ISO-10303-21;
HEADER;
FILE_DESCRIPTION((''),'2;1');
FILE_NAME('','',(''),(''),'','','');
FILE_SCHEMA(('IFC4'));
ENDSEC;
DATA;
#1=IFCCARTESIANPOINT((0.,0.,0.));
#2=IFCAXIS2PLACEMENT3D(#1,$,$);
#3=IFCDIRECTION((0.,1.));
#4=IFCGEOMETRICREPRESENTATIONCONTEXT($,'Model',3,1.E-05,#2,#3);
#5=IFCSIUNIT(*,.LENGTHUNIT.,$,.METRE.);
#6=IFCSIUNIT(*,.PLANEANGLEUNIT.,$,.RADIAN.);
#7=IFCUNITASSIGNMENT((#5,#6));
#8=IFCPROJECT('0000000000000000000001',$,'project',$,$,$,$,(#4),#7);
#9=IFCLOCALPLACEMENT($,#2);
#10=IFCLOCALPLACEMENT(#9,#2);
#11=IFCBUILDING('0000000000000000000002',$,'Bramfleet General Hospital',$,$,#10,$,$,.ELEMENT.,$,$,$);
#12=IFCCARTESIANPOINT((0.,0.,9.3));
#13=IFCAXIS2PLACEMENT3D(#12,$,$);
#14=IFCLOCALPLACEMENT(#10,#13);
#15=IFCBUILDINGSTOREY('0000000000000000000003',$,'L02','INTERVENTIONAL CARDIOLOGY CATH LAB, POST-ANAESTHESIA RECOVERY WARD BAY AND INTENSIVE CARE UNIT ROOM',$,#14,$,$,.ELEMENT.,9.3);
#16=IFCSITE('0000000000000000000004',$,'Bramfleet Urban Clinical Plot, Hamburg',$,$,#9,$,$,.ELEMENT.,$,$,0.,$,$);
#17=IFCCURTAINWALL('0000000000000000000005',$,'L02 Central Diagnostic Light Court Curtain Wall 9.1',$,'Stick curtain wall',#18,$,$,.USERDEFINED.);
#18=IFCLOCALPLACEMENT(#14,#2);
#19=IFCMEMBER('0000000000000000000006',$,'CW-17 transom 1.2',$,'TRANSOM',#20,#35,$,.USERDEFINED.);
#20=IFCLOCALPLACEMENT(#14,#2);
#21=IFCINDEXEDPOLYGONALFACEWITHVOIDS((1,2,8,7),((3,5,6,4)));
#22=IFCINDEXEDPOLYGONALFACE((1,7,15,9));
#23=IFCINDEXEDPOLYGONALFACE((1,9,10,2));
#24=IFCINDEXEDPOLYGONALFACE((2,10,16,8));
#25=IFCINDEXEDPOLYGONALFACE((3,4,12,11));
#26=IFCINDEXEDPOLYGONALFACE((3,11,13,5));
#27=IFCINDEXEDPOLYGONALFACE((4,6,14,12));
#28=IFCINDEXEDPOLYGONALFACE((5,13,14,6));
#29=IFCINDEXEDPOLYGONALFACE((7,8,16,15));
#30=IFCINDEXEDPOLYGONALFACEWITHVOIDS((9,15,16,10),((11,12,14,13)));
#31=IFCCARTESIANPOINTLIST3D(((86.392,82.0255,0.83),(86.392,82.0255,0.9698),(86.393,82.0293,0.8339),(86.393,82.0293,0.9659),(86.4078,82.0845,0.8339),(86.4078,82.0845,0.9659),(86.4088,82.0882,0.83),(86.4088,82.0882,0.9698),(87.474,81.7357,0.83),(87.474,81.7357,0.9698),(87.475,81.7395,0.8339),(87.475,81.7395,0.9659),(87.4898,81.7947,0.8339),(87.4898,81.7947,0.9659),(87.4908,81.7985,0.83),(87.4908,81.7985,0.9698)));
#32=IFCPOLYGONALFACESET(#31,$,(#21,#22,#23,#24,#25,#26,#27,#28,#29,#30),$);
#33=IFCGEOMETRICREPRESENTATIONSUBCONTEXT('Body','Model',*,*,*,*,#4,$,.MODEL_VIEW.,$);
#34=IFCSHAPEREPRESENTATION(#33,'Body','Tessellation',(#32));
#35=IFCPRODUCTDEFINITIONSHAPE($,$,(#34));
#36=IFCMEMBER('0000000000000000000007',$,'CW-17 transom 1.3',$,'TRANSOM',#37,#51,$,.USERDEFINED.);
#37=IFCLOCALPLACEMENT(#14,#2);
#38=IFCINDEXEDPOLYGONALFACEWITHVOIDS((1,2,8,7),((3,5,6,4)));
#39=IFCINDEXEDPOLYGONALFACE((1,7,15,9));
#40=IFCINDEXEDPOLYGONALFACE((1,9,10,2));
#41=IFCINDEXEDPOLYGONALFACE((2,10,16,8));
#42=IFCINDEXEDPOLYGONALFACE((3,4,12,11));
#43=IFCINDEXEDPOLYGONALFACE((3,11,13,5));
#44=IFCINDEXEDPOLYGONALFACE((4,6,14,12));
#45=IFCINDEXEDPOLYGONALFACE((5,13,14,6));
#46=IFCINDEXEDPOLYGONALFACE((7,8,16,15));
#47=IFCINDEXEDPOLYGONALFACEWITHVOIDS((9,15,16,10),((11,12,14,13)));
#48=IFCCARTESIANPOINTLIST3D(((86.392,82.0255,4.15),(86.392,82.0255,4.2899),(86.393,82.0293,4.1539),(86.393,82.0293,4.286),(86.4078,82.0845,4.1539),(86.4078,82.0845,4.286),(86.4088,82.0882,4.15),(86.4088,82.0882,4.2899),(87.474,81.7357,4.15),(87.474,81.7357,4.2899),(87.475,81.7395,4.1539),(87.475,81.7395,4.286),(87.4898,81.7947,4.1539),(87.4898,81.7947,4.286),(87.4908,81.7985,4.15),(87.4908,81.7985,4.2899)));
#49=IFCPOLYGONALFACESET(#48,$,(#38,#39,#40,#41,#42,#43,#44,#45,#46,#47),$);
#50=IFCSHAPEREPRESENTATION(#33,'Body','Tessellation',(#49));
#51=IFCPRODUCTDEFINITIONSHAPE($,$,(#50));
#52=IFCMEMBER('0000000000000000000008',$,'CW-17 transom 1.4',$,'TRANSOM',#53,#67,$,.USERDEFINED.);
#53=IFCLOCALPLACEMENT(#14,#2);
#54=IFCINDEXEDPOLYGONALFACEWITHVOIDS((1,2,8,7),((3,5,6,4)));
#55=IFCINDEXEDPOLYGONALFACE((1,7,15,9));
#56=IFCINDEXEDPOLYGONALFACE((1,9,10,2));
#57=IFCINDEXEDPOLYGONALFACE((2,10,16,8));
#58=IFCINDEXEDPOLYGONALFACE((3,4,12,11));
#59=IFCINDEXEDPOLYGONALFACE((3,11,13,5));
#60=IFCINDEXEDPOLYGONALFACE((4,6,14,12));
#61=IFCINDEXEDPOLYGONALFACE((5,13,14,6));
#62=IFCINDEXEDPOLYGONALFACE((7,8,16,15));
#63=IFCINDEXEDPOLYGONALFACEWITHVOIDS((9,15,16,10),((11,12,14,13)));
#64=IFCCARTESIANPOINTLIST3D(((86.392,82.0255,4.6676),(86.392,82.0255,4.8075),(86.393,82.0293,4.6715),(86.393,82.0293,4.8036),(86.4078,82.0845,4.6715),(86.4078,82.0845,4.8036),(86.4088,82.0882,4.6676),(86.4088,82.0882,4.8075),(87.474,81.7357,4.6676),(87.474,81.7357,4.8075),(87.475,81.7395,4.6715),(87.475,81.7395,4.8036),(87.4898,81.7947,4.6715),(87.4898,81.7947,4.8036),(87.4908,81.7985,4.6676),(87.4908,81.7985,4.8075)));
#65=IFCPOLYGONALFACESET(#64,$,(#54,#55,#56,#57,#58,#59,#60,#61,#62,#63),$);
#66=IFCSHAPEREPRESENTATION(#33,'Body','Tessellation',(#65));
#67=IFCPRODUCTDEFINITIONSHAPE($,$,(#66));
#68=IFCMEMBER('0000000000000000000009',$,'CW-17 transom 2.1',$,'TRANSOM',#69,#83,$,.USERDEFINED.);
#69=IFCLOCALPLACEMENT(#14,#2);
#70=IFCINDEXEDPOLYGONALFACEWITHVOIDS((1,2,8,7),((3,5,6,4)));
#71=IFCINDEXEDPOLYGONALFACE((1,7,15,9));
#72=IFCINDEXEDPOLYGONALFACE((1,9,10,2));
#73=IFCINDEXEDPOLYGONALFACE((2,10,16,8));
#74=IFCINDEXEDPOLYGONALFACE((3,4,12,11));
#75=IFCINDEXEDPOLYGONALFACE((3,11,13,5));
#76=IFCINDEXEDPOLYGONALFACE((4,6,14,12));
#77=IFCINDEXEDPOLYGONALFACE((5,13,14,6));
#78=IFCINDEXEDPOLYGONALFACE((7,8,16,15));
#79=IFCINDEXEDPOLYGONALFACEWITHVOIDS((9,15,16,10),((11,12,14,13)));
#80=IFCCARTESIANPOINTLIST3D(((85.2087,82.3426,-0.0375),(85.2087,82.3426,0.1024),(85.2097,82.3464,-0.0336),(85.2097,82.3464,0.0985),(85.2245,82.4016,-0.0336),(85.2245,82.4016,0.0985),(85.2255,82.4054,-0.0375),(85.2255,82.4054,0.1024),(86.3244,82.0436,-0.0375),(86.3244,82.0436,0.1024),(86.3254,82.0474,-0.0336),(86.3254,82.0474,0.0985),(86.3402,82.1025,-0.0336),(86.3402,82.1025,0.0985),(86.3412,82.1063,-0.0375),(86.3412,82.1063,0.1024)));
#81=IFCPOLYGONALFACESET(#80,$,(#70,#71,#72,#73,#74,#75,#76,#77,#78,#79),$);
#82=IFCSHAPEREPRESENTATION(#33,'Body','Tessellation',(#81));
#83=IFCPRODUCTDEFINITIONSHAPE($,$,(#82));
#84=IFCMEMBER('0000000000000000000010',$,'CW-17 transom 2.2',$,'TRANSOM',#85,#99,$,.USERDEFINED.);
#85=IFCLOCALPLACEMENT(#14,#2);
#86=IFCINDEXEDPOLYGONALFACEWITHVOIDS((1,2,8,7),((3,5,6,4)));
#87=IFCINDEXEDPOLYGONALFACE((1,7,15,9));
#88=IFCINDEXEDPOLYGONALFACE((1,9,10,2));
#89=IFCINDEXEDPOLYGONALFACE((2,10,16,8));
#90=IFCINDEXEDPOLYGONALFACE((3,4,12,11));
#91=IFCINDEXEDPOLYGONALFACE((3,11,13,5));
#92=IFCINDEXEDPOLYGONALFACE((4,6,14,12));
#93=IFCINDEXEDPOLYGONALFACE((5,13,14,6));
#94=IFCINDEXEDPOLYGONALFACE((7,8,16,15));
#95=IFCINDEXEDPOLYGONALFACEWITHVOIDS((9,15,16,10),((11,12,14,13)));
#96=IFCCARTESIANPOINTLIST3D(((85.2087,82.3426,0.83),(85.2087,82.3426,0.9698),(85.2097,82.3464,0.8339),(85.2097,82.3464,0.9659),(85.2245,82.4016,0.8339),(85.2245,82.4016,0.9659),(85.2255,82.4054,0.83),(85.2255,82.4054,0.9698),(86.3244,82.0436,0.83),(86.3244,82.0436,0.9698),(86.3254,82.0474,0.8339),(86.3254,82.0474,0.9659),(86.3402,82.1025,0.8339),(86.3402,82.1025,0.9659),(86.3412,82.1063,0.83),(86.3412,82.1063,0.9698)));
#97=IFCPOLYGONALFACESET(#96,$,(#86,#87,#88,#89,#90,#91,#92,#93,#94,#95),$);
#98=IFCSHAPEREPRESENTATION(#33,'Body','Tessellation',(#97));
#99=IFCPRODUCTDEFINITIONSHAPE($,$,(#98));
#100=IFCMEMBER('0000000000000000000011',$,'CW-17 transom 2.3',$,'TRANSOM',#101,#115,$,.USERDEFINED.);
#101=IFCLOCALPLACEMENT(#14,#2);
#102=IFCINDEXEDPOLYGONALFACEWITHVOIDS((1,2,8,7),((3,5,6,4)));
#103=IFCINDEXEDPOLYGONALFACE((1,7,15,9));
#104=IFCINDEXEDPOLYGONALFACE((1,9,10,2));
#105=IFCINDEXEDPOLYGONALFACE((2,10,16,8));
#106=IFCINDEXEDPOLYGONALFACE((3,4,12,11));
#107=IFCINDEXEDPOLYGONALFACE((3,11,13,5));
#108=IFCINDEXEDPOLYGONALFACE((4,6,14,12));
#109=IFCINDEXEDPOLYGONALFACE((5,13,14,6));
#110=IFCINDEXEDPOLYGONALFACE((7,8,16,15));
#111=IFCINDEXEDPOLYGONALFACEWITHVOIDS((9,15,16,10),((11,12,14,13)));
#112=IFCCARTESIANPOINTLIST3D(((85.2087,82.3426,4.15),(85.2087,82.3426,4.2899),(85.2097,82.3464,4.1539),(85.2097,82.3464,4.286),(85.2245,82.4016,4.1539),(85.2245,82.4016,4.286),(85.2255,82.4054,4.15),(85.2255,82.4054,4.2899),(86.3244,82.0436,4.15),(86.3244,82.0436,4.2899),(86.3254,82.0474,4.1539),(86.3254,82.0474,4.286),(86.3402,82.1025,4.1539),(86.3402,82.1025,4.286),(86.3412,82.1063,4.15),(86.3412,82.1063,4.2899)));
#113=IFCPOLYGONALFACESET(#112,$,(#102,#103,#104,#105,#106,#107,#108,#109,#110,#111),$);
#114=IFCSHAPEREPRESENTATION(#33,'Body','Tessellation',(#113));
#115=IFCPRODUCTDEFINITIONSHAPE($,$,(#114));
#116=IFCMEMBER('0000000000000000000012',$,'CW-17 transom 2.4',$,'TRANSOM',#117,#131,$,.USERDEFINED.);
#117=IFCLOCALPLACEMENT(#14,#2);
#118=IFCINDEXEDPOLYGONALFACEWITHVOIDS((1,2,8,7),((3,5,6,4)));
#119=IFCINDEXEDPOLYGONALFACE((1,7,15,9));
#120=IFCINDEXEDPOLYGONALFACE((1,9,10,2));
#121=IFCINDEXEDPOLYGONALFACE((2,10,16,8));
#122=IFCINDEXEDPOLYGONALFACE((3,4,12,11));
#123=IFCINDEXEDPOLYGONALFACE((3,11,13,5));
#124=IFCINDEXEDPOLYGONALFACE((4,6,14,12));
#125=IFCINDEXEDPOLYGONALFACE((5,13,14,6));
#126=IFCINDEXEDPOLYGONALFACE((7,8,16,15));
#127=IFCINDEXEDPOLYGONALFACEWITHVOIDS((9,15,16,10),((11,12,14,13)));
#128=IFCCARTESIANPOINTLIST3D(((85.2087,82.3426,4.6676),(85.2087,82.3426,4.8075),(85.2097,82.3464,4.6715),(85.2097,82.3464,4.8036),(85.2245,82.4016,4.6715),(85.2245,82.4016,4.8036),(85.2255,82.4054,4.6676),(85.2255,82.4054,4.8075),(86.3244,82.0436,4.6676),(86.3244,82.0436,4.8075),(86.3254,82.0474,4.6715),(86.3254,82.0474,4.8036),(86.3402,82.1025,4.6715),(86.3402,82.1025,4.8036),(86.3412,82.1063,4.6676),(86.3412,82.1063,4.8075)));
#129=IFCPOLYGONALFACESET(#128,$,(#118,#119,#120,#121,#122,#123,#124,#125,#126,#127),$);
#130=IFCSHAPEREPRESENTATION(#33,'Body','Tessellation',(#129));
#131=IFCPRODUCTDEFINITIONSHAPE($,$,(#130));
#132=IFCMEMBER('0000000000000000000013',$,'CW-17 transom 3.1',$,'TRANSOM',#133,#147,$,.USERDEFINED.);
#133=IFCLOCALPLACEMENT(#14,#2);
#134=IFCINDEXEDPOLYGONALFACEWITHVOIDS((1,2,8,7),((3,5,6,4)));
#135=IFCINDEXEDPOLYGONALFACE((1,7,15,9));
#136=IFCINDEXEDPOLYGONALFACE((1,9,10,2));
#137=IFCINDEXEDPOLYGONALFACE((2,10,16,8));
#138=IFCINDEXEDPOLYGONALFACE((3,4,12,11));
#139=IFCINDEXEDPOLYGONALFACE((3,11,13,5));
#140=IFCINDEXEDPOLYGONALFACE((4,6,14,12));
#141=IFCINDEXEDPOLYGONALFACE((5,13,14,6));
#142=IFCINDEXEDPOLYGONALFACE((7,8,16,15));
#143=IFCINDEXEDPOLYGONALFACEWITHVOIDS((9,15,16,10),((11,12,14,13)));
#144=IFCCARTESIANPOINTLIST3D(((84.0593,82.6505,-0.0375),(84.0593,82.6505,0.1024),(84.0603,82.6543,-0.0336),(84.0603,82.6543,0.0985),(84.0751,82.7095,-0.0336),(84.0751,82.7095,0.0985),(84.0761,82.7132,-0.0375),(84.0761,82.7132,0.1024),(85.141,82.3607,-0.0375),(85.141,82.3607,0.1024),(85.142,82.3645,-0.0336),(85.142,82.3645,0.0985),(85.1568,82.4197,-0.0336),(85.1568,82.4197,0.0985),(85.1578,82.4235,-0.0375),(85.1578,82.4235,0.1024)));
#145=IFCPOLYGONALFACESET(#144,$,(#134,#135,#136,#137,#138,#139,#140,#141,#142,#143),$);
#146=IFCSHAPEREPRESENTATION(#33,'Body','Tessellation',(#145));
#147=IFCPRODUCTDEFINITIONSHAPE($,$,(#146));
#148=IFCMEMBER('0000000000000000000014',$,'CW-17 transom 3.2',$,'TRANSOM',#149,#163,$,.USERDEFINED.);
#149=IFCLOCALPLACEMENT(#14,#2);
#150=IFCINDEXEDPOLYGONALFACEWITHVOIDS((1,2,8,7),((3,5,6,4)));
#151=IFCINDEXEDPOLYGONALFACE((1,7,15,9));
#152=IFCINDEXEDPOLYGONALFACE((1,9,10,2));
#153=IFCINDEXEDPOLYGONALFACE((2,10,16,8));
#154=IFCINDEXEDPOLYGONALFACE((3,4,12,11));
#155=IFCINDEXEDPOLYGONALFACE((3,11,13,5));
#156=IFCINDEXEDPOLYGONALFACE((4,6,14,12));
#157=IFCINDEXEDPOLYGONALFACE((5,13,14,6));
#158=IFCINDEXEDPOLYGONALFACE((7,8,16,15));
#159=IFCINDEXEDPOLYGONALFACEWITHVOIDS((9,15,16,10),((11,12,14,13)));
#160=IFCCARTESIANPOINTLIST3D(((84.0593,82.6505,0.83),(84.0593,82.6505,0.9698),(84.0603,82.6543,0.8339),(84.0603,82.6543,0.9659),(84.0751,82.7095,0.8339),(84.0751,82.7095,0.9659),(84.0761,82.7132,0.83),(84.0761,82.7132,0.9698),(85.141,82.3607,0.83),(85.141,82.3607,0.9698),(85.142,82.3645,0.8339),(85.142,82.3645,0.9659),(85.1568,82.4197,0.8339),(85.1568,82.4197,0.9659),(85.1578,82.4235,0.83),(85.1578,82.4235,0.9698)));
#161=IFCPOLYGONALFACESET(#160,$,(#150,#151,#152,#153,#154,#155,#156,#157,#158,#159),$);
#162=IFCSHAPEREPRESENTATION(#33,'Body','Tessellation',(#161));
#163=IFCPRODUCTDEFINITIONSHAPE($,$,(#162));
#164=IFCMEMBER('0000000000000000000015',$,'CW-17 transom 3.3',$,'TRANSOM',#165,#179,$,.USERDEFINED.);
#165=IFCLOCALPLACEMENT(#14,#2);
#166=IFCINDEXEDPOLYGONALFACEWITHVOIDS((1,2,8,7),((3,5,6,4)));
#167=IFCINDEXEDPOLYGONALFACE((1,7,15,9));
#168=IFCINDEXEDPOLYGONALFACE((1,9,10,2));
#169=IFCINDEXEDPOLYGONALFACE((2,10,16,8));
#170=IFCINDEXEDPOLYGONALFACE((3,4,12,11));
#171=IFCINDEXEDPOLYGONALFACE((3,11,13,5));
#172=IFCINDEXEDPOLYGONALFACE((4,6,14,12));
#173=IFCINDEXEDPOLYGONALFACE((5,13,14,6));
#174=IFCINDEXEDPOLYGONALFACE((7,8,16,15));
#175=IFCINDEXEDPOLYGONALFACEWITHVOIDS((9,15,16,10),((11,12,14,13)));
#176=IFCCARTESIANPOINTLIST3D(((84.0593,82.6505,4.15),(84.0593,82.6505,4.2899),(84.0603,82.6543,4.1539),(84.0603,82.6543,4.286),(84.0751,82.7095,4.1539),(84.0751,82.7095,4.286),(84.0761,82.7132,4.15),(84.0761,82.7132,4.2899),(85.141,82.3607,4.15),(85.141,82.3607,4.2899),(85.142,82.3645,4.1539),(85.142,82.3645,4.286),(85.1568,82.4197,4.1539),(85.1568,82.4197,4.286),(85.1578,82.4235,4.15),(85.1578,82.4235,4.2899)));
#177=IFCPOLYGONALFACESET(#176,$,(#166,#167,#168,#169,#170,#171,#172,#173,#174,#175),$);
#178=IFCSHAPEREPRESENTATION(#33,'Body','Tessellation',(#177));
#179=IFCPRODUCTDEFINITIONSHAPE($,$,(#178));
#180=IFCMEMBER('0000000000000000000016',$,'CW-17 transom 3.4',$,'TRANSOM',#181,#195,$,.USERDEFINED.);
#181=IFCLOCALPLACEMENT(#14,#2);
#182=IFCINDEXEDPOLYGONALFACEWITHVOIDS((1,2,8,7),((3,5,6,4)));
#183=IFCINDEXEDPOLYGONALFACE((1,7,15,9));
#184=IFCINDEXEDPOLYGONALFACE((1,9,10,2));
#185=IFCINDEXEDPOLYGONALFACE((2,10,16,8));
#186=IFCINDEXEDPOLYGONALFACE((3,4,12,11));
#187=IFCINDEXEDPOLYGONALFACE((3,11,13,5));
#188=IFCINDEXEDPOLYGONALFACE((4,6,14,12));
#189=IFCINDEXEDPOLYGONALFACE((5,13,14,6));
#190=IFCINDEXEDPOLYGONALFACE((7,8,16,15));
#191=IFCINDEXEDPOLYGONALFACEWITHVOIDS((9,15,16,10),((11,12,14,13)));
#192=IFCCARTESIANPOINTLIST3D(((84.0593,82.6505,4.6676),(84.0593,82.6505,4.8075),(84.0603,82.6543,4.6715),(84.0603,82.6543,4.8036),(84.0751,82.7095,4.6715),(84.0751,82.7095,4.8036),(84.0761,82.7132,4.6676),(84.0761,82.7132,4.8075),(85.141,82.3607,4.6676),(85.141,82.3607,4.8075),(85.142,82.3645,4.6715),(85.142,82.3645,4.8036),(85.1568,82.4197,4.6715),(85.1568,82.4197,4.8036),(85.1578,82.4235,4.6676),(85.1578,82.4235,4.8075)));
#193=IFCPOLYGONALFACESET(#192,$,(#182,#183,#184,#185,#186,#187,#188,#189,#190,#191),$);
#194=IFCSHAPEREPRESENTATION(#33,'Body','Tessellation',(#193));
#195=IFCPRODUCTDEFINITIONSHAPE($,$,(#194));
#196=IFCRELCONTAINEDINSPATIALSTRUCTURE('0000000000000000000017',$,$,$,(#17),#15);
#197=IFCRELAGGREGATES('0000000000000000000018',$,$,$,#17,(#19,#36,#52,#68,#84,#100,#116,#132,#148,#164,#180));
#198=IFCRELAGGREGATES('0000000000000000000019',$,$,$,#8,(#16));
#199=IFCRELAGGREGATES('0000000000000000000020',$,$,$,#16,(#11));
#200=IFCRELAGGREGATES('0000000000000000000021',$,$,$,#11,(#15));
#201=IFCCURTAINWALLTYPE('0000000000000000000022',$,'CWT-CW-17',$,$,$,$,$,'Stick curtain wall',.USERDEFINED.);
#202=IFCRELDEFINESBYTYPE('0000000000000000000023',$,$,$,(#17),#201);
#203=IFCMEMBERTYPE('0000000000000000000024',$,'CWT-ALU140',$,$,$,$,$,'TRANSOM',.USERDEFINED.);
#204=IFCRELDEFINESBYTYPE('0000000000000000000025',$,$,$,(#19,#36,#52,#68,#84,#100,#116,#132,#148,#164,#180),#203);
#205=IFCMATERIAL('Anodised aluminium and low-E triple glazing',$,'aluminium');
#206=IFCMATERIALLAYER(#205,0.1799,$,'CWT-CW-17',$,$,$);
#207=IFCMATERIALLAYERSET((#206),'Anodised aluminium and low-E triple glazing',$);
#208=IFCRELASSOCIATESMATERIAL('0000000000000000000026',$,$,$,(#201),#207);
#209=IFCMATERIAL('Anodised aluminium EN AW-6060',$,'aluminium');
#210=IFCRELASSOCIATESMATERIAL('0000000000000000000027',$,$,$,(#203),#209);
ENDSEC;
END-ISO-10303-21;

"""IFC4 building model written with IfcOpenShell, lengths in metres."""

from ifc_helpers import new_model, si_unit, direction, frame, origin, origin_2d, place, context, subcontext, project, spatial, hollow_rectangle, extrude, material, layer, layer_set, material_profile, profile_set, type_object, element, aggregate, save


model = new_model("IFC4")

# Units and contexts
model_context = context("Model", 3, precision=1e-05, world=origin(), true_north=direction((0.0, 1.0)))
body_context = subcontext(model_context, "Body", "Model", "MODEL_VIEW")
ifc_project = project(units=[si_unit("LENGTHUNIT", "METRE"), si_unit("PLANEANGLEUNIT", "RADIAN")], contexts=[model_context])

# Site, building, storey
site_placement = place(None, origin())
site = spatial("IfcSite", under=ifc_project, at=site_placement, Name="Bramfleet Urban Clinical Plot, Hamburg", CompositionType="ELEMENT", RefElevation=0.0)
building_placement = place(site_placement, origin())
building = spatial("IfcBuilding", under=site, at=building_placement, Name="Bramfleet General Hospital", CompositionType="ELEMENT")
storey_placement = place(building_placement, frame((0.0, 0.0, 9.3)))
storey = spatial("IfcBuildingStorey", under=building, at=storey_placement, Name="L02", Description="INTERVENTIONAL CARDIOLOGY CATH LAB, POST-ANAESTHESIA RECOVERY WARD BAY AND INTENSIVE CARE UNIT ROOM", CompositionType="ELEMENT", Elevation=9.3)

# Shared definitions
ifc_material_1 = material(Name="Anodised aluminium and low-E triple glazing", Category="aluminium")
ifc_material_2 = material(Name="Anodised aluminium EN AW-6060", Category="aluminium")

# Curtain wall
ifc_layer_1 = layer(ifc_material_1, 0.1799, Name="CWT-CW-17")
ifc_layer_set_1 = layer_set([ifc_layer_1], Name="Anodised aluminium and low-E triple glazing")
curtain_wall_type_1 = type_object("IfcCurtainWallType", Name="CWT-CW-17", ElementType="Stick curtain wall", PredefinedType="USERDEFINED", material=ifc_layer_set_1)
curtain_wall_1_placement = place(storey_placement, origin())
curtain_wall_1 = element("IfcCurtainWall", 1, at=curtain_wall_1_placement, inside=storey, type_object=curtain_wall_type_1, Name="L02 Central Diagnostic Light Court Curtain Wall 9.1", ObjectType="Stick curtain wall", PredefinedType="USERDEFINED")

# Members
ifc_material_profile_1 = material_profile(ifc_material_2, hollow_rectangle(XDim=0.0649, YDim=0.1399, WallThickness=0.0039, at=origin_2d()), Name="ALU 140x65x4.0")
ifc_profile_set_1 = profile_set([ifc_material_profile_1], Name="Anodised aluminium EN AW-6060")
member_type_1 = type_object("IfcMemberType", Name="CWT-ALU140", ElementType="TRANSOM", PredefinedType="USERDEFINED", material=ifc_profile_set_1)
member_1_placement = place(storey_placement, frame((87.4824, 81.7671, 0.8999), z_axis=(-0.965956, 0.258707, 0.0), x_axis=(-0.258707, -0.965956, 0.0)))
member_1 = element("IfcMember", 2, at=member_1_placement, type_object=member_type_1, Name="CW-17 transom 1.2", ObjectType="TRANSOM", PredefinedType="USERDEFINED", context=body_context, shape_type="SweptSolid", body=[
    extrude(hollow_rectangle(XDim=0.0649, YDim=0.1399, WallThickness=0.0039, at=origin_2d()), origin(), (0.0, 0.0, 1.0), 1.1201),
])
member_2_placement = place(storey_placement, frame((87.4824, 81.7671, 4.22), z_axis=(-0.965956, 0.258707, 0.0), x_axis=(-0.258707, -0.965956, 0.0)))
member_2 = element("IfcMember", 3, at=member_2_placement, type_object=member_type_1, Name="CW-17 transom 1.3", ObjectType="TRANSOM", PredefinedType="USERDEFINED", context=body_context, shape_type="SweptSolid", body=[
    extrude(hollow_rectangle(XDim=0.0649, YDim=0.1399, WallThickness=0.0039, at=origin_2d()), origin(), (0.0, 0.0, 1.0), 1.1201),
])
member_3_placement = place(storey_placement, frame((87.4824, 81.7671, 4.7375), z_axis=(-0.965956, 0.258707, 0.0), x_axis=(-0.258707, -0.965956, 0.0)))
member_3 = element("IfcMember", 4, at=member_3_placement, type_object=member_type_1, Name="CW-17 transom 1.4", ObjectType="TRANSOM", PredefinedType="USERDEFINED", context=body_context, shape_type="SweptSolid", body=[
    extrude(hollow_rectangle(XDim=0.0649, YDim=0.1399, WallThickness=0.0039, at=origin_2d()), origin(), (0.0, 0.0, 1.0), 1.1201),
])
member_4_placement = place(storey_placement, frame((86.3328, 82.075, 0.0325), z_axis=(-0.965901, 0.258912, 0.0), x_axis=(-0.258912, -0.965901, 0.0)))
member_4 = element("IfcMember", 5, at=member_4_placement, type_object=member_type_1, Name="CW-17 transom 2.1", ObjectType="TRANSOM", PredefinedType="USERDEFINED", context=body_context, shape_type="SweptSolid", body=[
    extrude(hollow_rectangle(XDim=0.0649, YDim=0.1399, WallThickness=0.0039, at=origin_2d()), origin(), (0.0, 0.0, 1.0), 1.155),
])
member_5_placement = place(storey_placement, frame((86.3328, 82.075, 0.8999), z_axis=(-0.965901, 0.258912, 0.0), x_axis=(-0.258912, -0.965901, 0.0)))
member_5 = element("IfcMember", 6, at=member_5_placement, type_object=member_type_1, Name="CW-17 transom 2.2", ObjectType="TRANSOM", PredefinedType="USERDEFINED", context=body_context, shape_type="SweptSolid", body=[
    extrude(hollow_rectangle(XDim=0.0649, YDim=0.1399, WallThickness=0.0039, at=origin_2d()), origin(), (0.0, 0.0, 1.0), 1.155),
])
member_6_placement = place(storey_placement, frame((86.3328, 82.075, 4.22), z_axis=(-0.965901, 0.258912, 0.0), x_axis=(-0.258912, -0.965901, 0.0)))
member_6 = element("IfcMember", 7, at=member_6_placement, type_object=member_type_1, Name="CW-17 transom 2.3", ObjectType="TRANSOM", PredefinedType="USERDEFINED", context=body_context, shape_type="SweptSolid", body=[
    extrude(hollow_rectangle(XDim=0.0649, YDim=0.1399, WallThickness=0.0039, at=origin_2d()), origin(), (0.0, 0.0, 1.0), 1.155),
])
member_7_placement = place(storey_placement, frame((86.3328, 82.075, 4.7375), z_axis=(-0.965901, 0.258912, 0.0), x_axis=(-0.258912, -0.965901, 0.0)))
member_7 = element("IfcMember", 8, at=member_7_placement, type_object=member_type_1, Name="CW-17 transom 2.4", ObjectType="TRANSOM", PredefinedType="USERDEFINED", context=body_context, shape_type="SweptSolid", body=[
    extrude(hollow_rectangle(XDim=0.0649, YDim=0.1399, WallThickness=0.0039, at=origin_2d()), origin(), (0.0, 0.0, 1.0), 1.155),
])
member_8_placement = place(storey_placement, frame((85.1494, 82.3921, 0.0325), z_axis=(-0.965941, 0.258762, 0.0), x_axis=(-0.258762, -0.965941, 0.0)))
member_8 = element("IfcMember", 9, at=member_8_placement, type_object=member_type_1, Name="CW-17 transom 3.1", ObjectType="TRANSOM", PredefinedType="USERDEFINED", context=body_context, shape_type="SweptSolid", body=[
    extrude(hollow_rectangle(XDim=0.0649, YDim=0.1399, WallThickness=0.0039, at=origin_2d()), origin(), (0.0, 0.0, 1.0), 1.1199),
])
member_9_placement = place(storey_placement, frame((85.1494, 82.3921, 0.8999), z_axis=(-0.965941, 0.258762, 0.0), x_axis=(-0.258762, -0.965941, 0.0)))
member_9 = element("IfcMember", 10, at=member_9_placement, type_object=member_type_1, Name="CW-17 transom 3.2", ObjectType="TRANSOM", PredefinedType="USERDEFINED", context=body_context, shape_type="SweptSolid", body=[
    extrude(hollow_rectangle(XDim=0.0649, YDim=0.1399, WallThickness=0.0039, at=origin_2d()), origin(), (0.0, 0.0, 1.0), 1.1199),
])
member_10_placement = place(storey_placement, frame((85.1494, 82.3921, 4.22), z_axis=(-0.965941, 0.258762, 0.0), x_axis=(-0.258762, -0.965941, 0.0)))
member_10 = element("IfcMember", 11, at=member_10_placement, type_object=member_type_1, Name="CW-17 transom 3.3", ObjectType="TRANSOM", PredefinedType="USERDEFINED", context=body_context, shape_type="SweptSolid", body=[
    extrude(hollow_rectangle(XDim=0.0649, YDim=0.1399, WallThickness=0.0039, at=origin_2d()), origin(), (0.0, 0.0, 1.0), 1.1199),
])
member_11_placement = place(storey_placement, frame((85.1494, 82.3921, 4.7375), z_axis=(-0.965941, 0.258762, 0.0), x_axis=(-0.258762, -0.965941, 0.0)))
member_11 = element("IfcMember", 12, at=member_11_placement, type_object=member_type_1, Name="CW-17 transom 3.4", ObjectType="TRANSOM", PredefinedType="USERDEFINED", context=body_context, shape_type="SweptSolid", body=[
    extrude(hollow_rectangle(XDim=0.0649, YDim=0.1399, WallThickness=0.0039, at=origin_2d()), origin(), (0.0, 0.0, 1.0), 1.1199),
])

aggregate(curtain_wall_1, [member_1, member_2, member_3, member_4, member_5, member_6, member_7, member_8, member_9, member_10, member_11])

save(model, "model.ifc")
